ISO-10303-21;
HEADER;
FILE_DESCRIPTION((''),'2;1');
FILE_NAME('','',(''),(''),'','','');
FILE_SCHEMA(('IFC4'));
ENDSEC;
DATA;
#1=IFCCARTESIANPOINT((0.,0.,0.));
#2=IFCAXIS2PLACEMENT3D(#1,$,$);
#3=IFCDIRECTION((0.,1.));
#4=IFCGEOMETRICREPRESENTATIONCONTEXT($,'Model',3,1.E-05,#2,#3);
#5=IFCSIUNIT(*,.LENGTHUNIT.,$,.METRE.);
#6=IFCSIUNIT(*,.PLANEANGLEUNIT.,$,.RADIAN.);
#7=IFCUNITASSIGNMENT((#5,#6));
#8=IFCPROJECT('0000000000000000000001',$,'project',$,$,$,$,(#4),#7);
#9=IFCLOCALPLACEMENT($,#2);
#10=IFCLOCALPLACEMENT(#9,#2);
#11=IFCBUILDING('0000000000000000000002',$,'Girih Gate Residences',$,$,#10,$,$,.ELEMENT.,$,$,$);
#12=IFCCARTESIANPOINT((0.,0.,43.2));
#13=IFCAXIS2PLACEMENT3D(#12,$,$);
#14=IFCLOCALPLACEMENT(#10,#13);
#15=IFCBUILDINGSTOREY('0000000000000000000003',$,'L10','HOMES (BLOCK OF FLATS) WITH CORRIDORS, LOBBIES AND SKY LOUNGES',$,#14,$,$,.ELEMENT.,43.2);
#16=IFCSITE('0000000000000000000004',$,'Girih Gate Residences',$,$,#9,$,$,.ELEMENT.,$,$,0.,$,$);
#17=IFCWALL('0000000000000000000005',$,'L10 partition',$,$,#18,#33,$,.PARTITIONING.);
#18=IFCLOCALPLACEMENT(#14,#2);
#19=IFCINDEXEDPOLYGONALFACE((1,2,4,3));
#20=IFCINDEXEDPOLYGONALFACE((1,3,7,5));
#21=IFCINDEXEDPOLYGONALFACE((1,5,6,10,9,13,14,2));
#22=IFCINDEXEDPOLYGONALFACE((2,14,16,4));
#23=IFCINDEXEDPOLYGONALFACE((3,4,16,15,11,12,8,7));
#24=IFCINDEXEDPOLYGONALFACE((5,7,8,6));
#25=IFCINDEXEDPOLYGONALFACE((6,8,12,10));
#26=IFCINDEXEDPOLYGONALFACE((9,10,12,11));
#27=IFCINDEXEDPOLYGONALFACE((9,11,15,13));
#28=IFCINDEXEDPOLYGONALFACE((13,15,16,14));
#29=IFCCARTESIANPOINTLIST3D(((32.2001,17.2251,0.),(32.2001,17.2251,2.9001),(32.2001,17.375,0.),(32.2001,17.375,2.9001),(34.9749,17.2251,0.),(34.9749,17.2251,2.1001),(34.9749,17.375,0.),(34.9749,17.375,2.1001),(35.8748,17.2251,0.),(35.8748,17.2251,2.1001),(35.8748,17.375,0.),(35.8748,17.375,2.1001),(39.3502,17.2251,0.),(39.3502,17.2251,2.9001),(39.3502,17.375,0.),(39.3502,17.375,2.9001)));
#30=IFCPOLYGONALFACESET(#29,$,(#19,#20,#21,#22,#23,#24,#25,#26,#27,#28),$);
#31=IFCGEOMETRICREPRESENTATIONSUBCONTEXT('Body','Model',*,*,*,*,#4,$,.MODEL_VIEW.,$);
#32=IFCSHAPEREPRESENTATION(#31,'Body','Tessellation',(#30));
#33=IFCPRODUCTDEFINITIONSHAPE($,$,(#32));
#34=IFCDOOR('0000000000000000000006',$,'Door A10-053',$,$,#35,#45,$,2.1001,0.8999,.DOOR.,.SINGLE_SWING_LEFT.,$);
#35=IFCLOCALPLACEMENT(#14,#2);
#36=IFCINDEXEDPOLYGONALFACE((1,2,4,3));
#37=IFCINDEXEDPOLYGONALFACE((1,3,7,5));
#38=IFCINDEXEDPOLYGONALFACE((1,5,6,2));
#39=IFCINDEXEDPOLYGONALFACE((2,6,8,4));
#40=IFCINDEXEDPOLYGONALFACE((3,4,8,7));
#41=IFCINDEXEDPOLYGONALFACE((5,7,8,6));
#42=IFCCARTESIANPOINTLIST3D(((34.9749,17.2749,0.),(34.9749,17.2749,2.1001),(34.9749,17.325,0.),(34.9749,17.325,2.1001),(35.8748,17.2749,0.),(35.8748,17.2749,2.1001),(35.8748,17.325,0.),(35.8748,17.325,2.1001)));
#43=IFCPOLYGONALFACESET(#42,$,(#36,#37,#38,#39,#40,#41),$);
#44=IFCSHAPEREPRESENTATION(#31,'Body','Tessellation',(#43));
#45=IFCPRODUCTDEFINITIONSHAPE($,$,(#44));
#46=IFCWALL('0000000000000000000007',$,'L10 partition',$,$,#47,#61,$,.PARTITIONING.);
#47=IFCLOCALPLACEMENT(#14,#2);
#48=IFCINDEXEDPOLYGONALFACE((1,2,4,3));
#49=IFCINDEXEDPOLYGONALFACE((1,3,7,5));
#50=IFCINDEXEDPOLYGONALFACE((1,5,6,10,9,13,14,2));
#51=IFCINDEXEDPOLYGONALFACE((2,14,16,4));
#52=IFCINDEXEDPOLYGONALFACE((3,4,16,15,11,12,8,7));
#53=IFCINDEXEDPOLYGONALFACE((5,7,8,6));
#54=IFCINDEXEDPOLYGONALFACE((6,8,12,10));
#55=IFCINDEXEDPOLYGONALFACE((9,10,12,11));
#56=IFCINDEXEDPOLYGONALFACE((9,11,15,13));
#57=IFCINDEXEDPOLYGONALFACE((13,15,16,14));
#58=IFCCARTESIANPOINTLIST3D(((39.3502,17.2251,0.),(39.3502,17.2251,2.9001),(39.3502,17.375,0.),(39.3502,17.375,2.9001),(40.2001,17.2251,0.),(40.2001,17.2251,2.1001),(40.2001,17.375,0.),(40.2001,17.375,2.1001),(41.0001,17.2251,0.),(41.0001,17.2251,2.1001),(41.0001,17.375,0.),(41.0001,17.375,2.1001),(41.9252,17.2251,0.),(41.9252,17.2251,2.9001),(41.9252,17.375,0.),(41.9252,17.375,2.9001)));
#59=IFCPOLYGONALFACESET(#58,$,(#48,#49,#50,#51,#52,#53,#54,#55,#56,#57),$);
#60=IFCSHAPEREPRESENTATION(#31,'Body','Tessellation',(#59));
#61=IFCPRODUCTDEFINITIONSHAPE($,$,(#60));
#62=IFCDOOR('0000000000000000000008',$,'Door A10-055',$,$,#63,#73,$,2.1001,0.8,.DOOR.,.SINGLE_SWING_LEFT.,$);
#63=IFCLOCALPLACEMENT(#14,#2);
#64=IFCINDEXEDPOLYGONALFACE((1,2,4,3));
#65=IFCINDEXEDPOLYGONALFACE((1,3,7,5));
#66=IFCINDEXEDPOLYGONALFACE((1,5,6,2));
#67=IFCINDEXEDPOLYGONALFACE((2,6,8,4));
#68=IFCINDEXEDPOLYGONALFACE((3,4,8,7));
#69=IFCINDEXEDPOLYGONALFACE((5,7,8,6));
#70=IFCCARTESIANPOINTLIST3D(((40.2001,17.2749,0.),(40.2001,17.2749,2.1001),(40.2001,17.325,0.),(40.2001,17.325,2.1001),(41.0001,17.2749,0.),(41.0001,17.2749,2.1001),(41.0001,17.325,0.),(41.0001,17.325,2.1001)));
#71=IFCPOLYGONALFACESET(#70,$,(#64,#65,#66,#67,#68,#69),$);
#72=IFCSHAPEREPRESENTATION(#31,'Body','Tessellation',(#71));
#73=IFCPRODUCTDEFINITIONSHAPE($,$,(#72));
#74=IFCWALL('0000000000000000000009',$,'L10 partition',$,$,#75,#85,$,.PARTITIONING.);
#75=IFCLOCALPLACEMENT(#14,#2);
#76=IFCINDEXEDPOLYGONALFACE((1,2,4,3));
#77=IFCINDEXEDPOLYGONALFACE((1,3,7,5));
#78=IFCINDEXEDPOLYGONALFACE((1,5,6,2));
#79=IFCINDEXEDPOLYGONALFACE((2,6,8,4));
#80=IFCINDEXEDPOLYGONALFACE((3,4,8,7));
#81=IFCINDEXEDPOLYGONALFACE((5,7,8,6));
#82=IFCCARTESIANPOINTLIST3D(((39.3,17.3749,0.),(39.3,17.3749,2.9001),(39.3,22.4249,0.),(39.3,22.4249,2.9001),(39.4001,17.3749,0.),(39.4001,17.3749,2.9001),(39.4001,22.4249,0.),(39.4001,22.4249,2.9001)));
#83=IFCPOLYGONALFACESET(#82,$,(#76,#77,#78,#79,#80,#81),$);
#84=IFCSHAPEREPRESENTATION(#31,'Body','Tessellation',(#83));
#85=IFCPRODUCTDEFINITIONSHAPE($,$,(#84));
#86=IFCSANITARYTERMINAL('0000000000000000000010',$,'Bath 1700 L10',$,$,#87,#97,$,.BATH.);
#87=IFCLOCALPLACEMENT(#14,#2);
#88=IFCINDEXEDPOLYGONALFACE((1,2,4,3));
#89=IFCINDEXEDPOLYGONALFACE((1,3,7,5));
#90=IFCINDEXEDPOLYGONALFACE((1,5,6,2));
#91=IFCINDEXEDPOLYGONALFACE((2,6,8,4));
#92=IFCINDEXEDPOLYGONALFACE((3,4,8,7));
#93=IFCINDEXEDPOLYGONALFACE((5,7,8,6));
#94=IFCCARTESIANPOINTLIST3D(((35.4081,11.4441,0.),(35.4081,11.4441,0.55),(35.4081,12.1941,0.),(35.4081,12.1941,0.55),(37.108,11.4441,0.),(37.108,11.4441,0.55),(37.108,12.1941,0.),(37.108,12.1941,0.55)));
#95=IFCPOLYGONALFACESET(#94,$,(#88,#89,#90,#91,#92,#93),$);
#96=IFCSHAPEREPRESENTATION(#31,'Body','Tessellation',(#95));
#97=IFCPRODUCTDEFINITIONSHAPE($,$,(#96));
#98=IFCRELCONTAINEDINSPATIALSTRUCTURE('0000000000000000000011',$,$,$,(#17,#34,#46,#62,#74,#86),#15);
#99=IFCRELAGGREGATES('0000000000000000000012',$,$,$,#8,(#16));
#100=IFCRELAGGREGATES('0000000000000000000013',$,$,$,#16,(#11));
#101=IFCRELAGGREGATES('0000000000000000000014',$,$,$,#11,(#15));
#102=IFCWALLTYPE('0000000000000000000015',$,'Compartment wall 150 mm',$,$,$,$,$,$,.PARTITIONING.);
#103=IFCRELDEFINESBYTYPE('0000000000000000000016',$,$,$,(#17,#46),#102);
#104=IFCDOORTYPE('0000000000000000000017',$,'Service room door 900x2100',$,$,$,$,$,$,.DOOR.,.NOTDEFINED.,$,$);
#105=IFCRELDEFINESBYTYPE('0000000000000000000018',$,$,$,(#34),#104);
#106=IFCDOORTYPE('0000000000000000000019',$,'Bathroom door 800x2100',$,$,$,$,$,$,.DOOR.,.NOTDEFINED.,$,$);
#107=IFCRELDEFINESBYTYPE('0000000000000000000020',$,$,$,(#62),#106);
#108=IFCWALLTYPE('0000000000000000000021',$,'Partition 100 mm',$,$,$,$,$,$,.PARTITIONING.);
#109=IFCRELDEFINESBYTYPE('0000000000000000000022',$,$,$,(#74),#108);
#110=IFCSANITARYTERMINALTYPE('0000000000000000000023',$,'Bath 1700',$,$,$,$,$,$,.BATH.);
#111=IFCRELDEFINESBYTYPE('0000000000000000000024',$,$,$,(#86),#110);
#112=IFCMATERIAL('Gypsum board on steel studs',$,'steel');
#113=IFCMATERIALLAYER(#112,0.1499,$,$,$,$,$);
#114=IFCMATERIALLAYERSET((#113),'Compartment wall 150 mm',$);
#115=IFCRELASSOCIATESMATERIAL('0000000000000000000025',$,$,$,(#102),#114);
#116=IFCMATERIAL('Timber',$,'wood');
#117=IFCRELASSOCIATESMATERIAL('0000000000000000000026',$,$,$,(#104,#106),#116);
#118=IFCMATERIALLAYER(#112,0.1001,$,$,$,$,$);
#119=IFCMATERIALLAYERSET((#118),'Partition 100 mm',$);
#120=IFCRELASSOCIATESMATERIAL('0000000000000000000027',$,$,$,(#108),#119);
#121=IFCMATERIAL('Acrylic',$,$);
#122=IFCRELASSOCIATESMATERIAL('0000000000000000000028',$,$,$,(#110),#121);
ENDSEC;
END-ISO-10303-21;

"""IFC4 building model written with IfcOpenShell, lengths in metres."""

from ifc_helpers import new_model, si_unit, direction, frame, frame_2d, origin, origin_2d, place, context, subcontext, project, spatial, rectangle, extrude, material, layer, layer_set, type_object, element, fill, save


model = new_model("IFC4")

# Units and contexts
model_context = context("Model", 3, precision=1e-05, world=origin(), true_north=direction((0.0, 1.0)))
body_context = subcontext(model_context, "Body", "Model", "MODEL_VIEW")
ifc_project = project(units=[si_unit("LENGTHUNIT", "METRE"), si_unit("PLANEANGLEUNIT", "RADIAN")], contexts=[model_context])

# Site, building, storey
site_placement = place(None, origin())
site = spatial("IfcSite", under=ifc_project, at=site_placement, Name="Girih Gate Residences", CompositionType="ELEMENT", RefElevation=0.0)
building_placement = place(site_placement, origin())
building = spatial("IfcBuilding", under=site, at=building_placement, Name="Girih Gate Residences", CompositionType="ELEMENT")
storey_placement = place(building_placement, frame((0.0, 0.0, 43.2)))
storey = spatial("IfcBuildingStorey", under=building, at=storey_placement, Name="L10", Description="HOMES (BLOCK OF FLATS) WITH CORRIDORS, LOBBIES AND SKY LOUNGES", CompositionType="ELEMENT", Elevation=43.2)

# Shared definitions
ifc_material_1 = material(Name="Gypsum board on steel studs", Category="steel")
ifc_layer_1 = layer(ifc_material_1, 0.1499)
ifc_layer_set_1 = layer_set([ifc_layer_1], Name="Compartment wall 150 mm")
wall_type_1 = type_object("IfcWallType", Name="Compartment wall 150 mm", PredefinedType="PARTITIONING", material=ifc_layer_set_1)

# Walls, openings, doors
wall_1_placement = place(storey_placement, frame((32.2, 17.3, 0.0), z_axis=(0.0, 0.0, 1.0), x_axis=(1.0, 0.0, 0.0)))
wall_1 = element("IfcWall", 1, at=wall_1_placement, inside=storey, type_object=wall_type_1, Name="L10 partition", PredefinedType="PARTITIONING", context=body_context, shape_type="SweptSolid", body=[
    extrude(rectangle(XDim=7.1501, YDim=0.1499, at=frame_2d((3.5752, 0.0))), origin(), (0.0, 0.0, 1.0), 2.9001),
])
opening_1_placement = place(wall_1_placement, frame((2.7749, 0.0, 0.0)))
opening_1 = element("IfcOpeningElement", 2, at=opening_1_placement, cuts=wall_1, PredefinedType="OPENING", context=body_context, shape_type="SweptSolid", body=[
    extrude(rectangle(XDim=0.8999, YDim=2.1001, at=frame_2d((0.45, 1.05))), frame((0.0, 0.085, 0.0), z_axis=(0.0, -1.0, 0.0), x_axis=(1.0, 0.0, 0.0)), (0.0, 0.0, 1.0), 0.1699),
])
ifc_material_2 = material(Name="Timber", Category="wood")
door_type_1 = type_object("IfcDoorType", Name="Service room door 900x2100", OperationType="NOTDEFINED", PredefinedType="DOOR", material=ifc_material_2)
door_1_placement = place(opening_1_placement, origin())
door_1 = element("IfcDoor", 3, at=door_1_placement, inside=storey, type_object=door_type_1, Name="Door A10-053", OperationType="SINGLE_SWING_LEFT", OverallHeight=2.1001, OverallWidth=0.8999, PredefinedType="DOOR", context=body_context, shape_type="SweptSolid", body=[
    extrude(rectangle(XDim=0.8999, YDim=2.1001, at=frame_2d((0.45, 1.05))), frame((0.0, 0.0249, 0.0), z_axis=(0.0, -1.0, 0.0), x_axis=(1.0, 0.0, 0.0)), (0.0, 0.0, 1.0), 0.05),
])
fill(opening_1, door_1)
wall_2_placement = place(storey_placement, frame((39.3501, 17.3, 0.0), z_axis=(0.0, 0.0, 1.0), x_axis=(1.0, 0.0, 0.0)))
wall_2 = element("IfcWall", 4, at=wall_2_placement, inside=storey, type_object=wall_type_1, Name="L10 partition", PredefinedType="PARTITIONING", context=body_context, shape_type="SweptSolid", body=[
    extrude(rectangle(XDim=2.575, YDim=0.1499, at=frame_2d((1.2876, 0.0))), origin(), (0.0, 0.0, 1.0), 2.9001),
])
opening_2_placement = place(wall_2_placement, frame((0.8501, 0.0, 0.0)))
opening_2 = element("IfcOpeningElement", 5, at=opening_2_placement, cuts=wall_2, PredefinedType="OPENING", context=body_context, shape_type="SweptSolid", body=[
    extrude(rectangle(XDim=0.8, YDim=2.1001, at=frame_2d((0.3999, 1.05))), frame((0.0, 0.085, 0.0), z_axis=(0.0, -1.0, 0.0), x_axis=(1.0, 0.0, 0.0)), (0.0, 0.0, 1.0), 0.1699),
])
door_type_2 = type_object("IfcDoorType", Name="Bathroom door 800x2100", OperationType="NOTDEFINED", PredefinedType="DOOR", material=ifc_material_2)
door_2_placement = place(opening_2_placement, origin())
door_2 = element("IfcDoor", 6, at=door_2_placement, inside=storey, type_object=door_type_2, Name="Door A10-055", OperationType="SINGLE_SWING_LEFT", OverallHeight=2.1001, OverallWidth=0.8, PredefinedType="DOOR", context=body_context, shape_type="SweptSolid", body=[
    extrude(rectangle(XDim=0.8, YDim=2.1001, at=frame_2d((0.3999, 1.05))), frame((0.0, 0.0249, 0.0), z_axis=(0.0, -1.0, 0.0), x_axis=(1.0, 0.0, 0.0)), (0.0, 0.0, 1.0), 0.05),
])
fill(opening_2, door_2)

# Wall
ifc_layer_2 = layer(ifc_material_1, 0.1001)
ifc_layer_set_2 = layer_set([ifc_layer_2], Name="Partition 100 mm")
wall_type_2 = type_object("IfcWallType", Name="Partition 100 mm", PredefinedType="PARTITIONING", material=ifc_layer_set_2)
wall_3_placement = place(storey_placement, frame((39.3501, 17.375, 0.0), z_axis=(0.0, 0.0, 1.0), x_axis=(0.0, 1.0, 0.0)))
element("IfcWall", 7, at=wall_3_placement, inside=storey, type_object=wall_type_2, Name="L10 partition", PredefinedType="PARTITIONING", context=body_context, shape_type="SweptSolid", body=[
    extrude(rectangle(XDim=5.05, YDim=0.1001, at=frame_2d((2.5249, 0.0))), origin(), (0.0, 0.0, 1.0), 2.9001),
])

# Sanitary terminal
ifc_material_3 = material(Name="Acrylic")
sanitary_terminal_type = type_object("IfcSanitaryTerminalType", Name="Bath 1700", PredefinedType="BATH", material=ifc_material_3)
sanitary_terminal_placement = place(storey_placement, frame((36.2581, 11.8191, 0.0), z_axis=(0.0, 0.0, 1.0), x_axis=(1.0, 0.0, 0.0)))
element("IfcSanitaryTerminal", 8, at=sanitary_terminal_placement, inside=storey, type_object=sanitary_terminal_type, Name="Bath 1700 L10", PredefinedType="BATH", context=body_context, shape_type="SweptSolid", body=[
    extrude(rectangle(XDim=1.7, YDim=0.75, at=origin_2d()), origin(), (0.0, 0.0, 1.0), 0.55),
])

save(model, "model.ifc")
